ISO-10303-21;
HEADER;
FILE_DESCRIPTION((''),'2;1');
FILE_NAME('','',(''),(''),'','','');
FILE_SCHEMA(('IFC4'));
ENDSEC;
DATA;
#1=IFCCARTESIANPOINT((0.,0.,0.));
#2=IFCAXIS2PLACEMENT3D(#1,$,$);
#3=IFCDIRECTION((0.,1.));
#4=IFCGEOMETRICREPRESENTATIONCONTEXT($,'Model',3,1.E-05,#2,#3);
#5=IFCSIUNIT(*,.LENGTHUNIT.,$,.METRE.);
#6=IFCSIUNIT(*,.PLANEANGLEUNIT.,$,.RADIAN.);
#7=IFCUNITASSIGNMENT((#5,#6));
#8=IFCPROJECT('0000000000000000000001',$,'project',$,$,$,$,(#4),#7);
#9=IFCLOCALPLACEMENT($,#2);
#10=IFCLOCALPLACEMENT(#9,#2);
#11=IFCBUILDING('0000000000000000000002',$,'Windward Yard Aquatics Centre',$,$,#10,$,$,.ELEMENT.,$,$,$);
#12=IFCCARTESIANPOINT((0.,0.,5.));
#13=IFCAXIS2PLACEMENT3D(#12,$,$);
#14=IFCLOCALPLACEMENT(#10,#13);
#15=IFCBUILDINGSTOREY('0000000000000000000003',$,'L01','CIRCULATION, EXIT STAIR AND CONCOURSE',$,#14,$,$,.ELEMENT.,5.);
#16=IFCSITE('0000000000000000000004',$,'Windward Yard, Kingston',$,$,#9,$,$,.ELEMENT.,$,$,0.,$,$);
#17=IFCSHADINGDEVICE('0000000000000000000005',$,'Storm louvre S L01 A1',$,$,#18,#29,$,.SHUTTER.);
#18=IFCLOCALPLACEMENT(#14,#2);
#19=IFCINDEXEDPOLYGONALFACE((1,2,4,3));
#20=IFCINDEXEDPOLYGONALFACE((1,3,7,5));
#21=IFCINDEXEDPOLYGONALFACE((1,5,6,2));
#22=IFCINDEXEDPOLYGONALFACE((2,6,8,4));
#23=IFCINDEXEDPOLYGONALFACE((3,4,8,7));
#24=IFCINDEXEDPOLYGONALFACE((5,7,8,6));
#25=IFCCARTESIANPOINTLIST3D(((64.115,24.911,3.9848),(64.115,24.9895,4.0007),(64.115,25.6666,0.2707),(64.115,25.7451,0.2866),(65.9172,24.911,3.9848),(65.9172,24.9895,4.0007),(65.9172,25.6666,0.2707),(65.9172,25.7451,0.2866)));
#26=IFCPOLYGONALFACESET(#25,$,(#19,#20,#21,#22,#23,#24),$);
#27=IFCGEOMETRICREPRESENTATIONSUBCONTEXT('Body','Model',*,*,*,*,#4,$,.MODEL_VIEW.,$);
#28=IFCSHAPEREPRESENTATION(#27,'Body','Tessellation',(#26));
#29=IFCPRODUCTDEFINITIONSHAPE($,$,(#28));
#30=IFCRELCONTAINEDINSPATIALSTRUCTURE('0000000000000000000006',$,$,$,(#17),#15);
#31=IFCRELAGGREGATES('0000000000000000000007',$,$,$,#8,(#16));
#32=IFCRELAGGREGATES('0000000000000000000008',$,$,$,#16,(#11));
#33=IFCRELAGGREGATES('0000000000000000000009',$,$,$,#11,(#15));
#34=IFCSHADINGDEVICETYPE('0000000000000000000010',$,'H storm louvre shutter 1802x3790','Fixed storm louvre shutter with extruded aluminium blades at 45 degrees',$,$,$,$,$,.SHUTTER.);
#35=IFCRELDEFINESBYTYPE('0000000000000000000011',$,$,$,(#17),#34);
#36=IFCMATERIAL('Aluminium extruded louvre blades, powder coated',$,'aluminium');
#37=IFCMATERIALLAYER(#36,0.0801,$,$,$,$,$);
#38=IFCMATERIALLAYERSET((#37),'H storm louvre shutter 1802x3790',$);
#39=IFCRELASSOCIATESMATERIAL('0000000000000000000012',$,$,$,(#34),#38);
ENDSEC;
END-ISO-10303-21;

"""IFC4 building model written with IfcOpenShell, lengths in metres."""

from ifc_helpers import new_model, si_unit, direction, frame, origin, place, context, subcontext, project, spatial, polyline, outline, extrude, material, layer, layer_set, type_object, element, save


model = new_model("IFC4")

# Units and contexts
model_context = context("Model", 3, precision=1e-05, world=origin(), true_north=direction((0.0, 1.0)))
body_context = subcontext(model_context, "Body", "Model", "MODEL_VIEW")
ifc_project = project(units=[si_unit("LENGTHUNIT", "METRE"), si_unit("PLANEANGLEUNIT", "RADIAN")], contexts=[model_context])

# Site, building, storey
site_placement = place(None, origin())
site = spatial("IfcSite", under=ifc_project, at=site_placement, Name="Windward Yard, Kingston", CompositionType="ELEMENT", RefElevation=0.0)
building_placement = place(site_placement, origin())
building = spatial("IfcBuilding", under=site, at=building_placement, Name="Windward Yard Aquatics Centre", CompositionType="ELEMENT")
storey_placement = place(building_placement, frame((0.0, 0.0, 5.0)))
storey = spatial("IfcBuildingStorey", under=building, at=storey_placement, Name="L01", Description="CIRCULATION, EXIT STAIR AND CONCOURSE", CompositionType="ELEMENT", Elevation=5.0)

# Shading device
ifc_material_1 = material(Name="Aluminium extruded louvre blades, powder coated", Category="aluminium")
ifc_layer_1 = layer(ifc_material_1, 0.0801)
ifc_layer_set_1 = layer_set([ifc_layer_1], Name="H storm louvre shutter 1802x3790")
shading_device_type = type_object("IfcShadingDeviceType", Name="H storm louvre shutter 1802x3790", Description="Fixed storm louvre shutter with extruded aluminium blades at 45 degrees", PredefinedType="SHUTTER", material=ifc_layer_set_1)
shading_device_placement = place(storey_placement, frame((64.115, 24.9895, 4.0007), z_axis=(0.0, 0.979926, 0.199361), x_axis=(0.0, 0.199361, -0.979926)))
element("IfcShadingDevice", 1, at=shading_device_placement, inside=storey, type_object=shading_device_type, Name="Storm louvre S L01 A1", PredefinedType="SHUTTER", context=body_context, shape_type="SweptSolid", body=[
    extrude(outline(polyline([(0.0, 0.0), (3.7902, 0.0), (3.7902, -1.8022), (0.0, -1.8022), (0.0, 0.0)])), origin(), (0.0, 0.0, -1.0), 0.0801),
])

save(model, "model.ifc")
